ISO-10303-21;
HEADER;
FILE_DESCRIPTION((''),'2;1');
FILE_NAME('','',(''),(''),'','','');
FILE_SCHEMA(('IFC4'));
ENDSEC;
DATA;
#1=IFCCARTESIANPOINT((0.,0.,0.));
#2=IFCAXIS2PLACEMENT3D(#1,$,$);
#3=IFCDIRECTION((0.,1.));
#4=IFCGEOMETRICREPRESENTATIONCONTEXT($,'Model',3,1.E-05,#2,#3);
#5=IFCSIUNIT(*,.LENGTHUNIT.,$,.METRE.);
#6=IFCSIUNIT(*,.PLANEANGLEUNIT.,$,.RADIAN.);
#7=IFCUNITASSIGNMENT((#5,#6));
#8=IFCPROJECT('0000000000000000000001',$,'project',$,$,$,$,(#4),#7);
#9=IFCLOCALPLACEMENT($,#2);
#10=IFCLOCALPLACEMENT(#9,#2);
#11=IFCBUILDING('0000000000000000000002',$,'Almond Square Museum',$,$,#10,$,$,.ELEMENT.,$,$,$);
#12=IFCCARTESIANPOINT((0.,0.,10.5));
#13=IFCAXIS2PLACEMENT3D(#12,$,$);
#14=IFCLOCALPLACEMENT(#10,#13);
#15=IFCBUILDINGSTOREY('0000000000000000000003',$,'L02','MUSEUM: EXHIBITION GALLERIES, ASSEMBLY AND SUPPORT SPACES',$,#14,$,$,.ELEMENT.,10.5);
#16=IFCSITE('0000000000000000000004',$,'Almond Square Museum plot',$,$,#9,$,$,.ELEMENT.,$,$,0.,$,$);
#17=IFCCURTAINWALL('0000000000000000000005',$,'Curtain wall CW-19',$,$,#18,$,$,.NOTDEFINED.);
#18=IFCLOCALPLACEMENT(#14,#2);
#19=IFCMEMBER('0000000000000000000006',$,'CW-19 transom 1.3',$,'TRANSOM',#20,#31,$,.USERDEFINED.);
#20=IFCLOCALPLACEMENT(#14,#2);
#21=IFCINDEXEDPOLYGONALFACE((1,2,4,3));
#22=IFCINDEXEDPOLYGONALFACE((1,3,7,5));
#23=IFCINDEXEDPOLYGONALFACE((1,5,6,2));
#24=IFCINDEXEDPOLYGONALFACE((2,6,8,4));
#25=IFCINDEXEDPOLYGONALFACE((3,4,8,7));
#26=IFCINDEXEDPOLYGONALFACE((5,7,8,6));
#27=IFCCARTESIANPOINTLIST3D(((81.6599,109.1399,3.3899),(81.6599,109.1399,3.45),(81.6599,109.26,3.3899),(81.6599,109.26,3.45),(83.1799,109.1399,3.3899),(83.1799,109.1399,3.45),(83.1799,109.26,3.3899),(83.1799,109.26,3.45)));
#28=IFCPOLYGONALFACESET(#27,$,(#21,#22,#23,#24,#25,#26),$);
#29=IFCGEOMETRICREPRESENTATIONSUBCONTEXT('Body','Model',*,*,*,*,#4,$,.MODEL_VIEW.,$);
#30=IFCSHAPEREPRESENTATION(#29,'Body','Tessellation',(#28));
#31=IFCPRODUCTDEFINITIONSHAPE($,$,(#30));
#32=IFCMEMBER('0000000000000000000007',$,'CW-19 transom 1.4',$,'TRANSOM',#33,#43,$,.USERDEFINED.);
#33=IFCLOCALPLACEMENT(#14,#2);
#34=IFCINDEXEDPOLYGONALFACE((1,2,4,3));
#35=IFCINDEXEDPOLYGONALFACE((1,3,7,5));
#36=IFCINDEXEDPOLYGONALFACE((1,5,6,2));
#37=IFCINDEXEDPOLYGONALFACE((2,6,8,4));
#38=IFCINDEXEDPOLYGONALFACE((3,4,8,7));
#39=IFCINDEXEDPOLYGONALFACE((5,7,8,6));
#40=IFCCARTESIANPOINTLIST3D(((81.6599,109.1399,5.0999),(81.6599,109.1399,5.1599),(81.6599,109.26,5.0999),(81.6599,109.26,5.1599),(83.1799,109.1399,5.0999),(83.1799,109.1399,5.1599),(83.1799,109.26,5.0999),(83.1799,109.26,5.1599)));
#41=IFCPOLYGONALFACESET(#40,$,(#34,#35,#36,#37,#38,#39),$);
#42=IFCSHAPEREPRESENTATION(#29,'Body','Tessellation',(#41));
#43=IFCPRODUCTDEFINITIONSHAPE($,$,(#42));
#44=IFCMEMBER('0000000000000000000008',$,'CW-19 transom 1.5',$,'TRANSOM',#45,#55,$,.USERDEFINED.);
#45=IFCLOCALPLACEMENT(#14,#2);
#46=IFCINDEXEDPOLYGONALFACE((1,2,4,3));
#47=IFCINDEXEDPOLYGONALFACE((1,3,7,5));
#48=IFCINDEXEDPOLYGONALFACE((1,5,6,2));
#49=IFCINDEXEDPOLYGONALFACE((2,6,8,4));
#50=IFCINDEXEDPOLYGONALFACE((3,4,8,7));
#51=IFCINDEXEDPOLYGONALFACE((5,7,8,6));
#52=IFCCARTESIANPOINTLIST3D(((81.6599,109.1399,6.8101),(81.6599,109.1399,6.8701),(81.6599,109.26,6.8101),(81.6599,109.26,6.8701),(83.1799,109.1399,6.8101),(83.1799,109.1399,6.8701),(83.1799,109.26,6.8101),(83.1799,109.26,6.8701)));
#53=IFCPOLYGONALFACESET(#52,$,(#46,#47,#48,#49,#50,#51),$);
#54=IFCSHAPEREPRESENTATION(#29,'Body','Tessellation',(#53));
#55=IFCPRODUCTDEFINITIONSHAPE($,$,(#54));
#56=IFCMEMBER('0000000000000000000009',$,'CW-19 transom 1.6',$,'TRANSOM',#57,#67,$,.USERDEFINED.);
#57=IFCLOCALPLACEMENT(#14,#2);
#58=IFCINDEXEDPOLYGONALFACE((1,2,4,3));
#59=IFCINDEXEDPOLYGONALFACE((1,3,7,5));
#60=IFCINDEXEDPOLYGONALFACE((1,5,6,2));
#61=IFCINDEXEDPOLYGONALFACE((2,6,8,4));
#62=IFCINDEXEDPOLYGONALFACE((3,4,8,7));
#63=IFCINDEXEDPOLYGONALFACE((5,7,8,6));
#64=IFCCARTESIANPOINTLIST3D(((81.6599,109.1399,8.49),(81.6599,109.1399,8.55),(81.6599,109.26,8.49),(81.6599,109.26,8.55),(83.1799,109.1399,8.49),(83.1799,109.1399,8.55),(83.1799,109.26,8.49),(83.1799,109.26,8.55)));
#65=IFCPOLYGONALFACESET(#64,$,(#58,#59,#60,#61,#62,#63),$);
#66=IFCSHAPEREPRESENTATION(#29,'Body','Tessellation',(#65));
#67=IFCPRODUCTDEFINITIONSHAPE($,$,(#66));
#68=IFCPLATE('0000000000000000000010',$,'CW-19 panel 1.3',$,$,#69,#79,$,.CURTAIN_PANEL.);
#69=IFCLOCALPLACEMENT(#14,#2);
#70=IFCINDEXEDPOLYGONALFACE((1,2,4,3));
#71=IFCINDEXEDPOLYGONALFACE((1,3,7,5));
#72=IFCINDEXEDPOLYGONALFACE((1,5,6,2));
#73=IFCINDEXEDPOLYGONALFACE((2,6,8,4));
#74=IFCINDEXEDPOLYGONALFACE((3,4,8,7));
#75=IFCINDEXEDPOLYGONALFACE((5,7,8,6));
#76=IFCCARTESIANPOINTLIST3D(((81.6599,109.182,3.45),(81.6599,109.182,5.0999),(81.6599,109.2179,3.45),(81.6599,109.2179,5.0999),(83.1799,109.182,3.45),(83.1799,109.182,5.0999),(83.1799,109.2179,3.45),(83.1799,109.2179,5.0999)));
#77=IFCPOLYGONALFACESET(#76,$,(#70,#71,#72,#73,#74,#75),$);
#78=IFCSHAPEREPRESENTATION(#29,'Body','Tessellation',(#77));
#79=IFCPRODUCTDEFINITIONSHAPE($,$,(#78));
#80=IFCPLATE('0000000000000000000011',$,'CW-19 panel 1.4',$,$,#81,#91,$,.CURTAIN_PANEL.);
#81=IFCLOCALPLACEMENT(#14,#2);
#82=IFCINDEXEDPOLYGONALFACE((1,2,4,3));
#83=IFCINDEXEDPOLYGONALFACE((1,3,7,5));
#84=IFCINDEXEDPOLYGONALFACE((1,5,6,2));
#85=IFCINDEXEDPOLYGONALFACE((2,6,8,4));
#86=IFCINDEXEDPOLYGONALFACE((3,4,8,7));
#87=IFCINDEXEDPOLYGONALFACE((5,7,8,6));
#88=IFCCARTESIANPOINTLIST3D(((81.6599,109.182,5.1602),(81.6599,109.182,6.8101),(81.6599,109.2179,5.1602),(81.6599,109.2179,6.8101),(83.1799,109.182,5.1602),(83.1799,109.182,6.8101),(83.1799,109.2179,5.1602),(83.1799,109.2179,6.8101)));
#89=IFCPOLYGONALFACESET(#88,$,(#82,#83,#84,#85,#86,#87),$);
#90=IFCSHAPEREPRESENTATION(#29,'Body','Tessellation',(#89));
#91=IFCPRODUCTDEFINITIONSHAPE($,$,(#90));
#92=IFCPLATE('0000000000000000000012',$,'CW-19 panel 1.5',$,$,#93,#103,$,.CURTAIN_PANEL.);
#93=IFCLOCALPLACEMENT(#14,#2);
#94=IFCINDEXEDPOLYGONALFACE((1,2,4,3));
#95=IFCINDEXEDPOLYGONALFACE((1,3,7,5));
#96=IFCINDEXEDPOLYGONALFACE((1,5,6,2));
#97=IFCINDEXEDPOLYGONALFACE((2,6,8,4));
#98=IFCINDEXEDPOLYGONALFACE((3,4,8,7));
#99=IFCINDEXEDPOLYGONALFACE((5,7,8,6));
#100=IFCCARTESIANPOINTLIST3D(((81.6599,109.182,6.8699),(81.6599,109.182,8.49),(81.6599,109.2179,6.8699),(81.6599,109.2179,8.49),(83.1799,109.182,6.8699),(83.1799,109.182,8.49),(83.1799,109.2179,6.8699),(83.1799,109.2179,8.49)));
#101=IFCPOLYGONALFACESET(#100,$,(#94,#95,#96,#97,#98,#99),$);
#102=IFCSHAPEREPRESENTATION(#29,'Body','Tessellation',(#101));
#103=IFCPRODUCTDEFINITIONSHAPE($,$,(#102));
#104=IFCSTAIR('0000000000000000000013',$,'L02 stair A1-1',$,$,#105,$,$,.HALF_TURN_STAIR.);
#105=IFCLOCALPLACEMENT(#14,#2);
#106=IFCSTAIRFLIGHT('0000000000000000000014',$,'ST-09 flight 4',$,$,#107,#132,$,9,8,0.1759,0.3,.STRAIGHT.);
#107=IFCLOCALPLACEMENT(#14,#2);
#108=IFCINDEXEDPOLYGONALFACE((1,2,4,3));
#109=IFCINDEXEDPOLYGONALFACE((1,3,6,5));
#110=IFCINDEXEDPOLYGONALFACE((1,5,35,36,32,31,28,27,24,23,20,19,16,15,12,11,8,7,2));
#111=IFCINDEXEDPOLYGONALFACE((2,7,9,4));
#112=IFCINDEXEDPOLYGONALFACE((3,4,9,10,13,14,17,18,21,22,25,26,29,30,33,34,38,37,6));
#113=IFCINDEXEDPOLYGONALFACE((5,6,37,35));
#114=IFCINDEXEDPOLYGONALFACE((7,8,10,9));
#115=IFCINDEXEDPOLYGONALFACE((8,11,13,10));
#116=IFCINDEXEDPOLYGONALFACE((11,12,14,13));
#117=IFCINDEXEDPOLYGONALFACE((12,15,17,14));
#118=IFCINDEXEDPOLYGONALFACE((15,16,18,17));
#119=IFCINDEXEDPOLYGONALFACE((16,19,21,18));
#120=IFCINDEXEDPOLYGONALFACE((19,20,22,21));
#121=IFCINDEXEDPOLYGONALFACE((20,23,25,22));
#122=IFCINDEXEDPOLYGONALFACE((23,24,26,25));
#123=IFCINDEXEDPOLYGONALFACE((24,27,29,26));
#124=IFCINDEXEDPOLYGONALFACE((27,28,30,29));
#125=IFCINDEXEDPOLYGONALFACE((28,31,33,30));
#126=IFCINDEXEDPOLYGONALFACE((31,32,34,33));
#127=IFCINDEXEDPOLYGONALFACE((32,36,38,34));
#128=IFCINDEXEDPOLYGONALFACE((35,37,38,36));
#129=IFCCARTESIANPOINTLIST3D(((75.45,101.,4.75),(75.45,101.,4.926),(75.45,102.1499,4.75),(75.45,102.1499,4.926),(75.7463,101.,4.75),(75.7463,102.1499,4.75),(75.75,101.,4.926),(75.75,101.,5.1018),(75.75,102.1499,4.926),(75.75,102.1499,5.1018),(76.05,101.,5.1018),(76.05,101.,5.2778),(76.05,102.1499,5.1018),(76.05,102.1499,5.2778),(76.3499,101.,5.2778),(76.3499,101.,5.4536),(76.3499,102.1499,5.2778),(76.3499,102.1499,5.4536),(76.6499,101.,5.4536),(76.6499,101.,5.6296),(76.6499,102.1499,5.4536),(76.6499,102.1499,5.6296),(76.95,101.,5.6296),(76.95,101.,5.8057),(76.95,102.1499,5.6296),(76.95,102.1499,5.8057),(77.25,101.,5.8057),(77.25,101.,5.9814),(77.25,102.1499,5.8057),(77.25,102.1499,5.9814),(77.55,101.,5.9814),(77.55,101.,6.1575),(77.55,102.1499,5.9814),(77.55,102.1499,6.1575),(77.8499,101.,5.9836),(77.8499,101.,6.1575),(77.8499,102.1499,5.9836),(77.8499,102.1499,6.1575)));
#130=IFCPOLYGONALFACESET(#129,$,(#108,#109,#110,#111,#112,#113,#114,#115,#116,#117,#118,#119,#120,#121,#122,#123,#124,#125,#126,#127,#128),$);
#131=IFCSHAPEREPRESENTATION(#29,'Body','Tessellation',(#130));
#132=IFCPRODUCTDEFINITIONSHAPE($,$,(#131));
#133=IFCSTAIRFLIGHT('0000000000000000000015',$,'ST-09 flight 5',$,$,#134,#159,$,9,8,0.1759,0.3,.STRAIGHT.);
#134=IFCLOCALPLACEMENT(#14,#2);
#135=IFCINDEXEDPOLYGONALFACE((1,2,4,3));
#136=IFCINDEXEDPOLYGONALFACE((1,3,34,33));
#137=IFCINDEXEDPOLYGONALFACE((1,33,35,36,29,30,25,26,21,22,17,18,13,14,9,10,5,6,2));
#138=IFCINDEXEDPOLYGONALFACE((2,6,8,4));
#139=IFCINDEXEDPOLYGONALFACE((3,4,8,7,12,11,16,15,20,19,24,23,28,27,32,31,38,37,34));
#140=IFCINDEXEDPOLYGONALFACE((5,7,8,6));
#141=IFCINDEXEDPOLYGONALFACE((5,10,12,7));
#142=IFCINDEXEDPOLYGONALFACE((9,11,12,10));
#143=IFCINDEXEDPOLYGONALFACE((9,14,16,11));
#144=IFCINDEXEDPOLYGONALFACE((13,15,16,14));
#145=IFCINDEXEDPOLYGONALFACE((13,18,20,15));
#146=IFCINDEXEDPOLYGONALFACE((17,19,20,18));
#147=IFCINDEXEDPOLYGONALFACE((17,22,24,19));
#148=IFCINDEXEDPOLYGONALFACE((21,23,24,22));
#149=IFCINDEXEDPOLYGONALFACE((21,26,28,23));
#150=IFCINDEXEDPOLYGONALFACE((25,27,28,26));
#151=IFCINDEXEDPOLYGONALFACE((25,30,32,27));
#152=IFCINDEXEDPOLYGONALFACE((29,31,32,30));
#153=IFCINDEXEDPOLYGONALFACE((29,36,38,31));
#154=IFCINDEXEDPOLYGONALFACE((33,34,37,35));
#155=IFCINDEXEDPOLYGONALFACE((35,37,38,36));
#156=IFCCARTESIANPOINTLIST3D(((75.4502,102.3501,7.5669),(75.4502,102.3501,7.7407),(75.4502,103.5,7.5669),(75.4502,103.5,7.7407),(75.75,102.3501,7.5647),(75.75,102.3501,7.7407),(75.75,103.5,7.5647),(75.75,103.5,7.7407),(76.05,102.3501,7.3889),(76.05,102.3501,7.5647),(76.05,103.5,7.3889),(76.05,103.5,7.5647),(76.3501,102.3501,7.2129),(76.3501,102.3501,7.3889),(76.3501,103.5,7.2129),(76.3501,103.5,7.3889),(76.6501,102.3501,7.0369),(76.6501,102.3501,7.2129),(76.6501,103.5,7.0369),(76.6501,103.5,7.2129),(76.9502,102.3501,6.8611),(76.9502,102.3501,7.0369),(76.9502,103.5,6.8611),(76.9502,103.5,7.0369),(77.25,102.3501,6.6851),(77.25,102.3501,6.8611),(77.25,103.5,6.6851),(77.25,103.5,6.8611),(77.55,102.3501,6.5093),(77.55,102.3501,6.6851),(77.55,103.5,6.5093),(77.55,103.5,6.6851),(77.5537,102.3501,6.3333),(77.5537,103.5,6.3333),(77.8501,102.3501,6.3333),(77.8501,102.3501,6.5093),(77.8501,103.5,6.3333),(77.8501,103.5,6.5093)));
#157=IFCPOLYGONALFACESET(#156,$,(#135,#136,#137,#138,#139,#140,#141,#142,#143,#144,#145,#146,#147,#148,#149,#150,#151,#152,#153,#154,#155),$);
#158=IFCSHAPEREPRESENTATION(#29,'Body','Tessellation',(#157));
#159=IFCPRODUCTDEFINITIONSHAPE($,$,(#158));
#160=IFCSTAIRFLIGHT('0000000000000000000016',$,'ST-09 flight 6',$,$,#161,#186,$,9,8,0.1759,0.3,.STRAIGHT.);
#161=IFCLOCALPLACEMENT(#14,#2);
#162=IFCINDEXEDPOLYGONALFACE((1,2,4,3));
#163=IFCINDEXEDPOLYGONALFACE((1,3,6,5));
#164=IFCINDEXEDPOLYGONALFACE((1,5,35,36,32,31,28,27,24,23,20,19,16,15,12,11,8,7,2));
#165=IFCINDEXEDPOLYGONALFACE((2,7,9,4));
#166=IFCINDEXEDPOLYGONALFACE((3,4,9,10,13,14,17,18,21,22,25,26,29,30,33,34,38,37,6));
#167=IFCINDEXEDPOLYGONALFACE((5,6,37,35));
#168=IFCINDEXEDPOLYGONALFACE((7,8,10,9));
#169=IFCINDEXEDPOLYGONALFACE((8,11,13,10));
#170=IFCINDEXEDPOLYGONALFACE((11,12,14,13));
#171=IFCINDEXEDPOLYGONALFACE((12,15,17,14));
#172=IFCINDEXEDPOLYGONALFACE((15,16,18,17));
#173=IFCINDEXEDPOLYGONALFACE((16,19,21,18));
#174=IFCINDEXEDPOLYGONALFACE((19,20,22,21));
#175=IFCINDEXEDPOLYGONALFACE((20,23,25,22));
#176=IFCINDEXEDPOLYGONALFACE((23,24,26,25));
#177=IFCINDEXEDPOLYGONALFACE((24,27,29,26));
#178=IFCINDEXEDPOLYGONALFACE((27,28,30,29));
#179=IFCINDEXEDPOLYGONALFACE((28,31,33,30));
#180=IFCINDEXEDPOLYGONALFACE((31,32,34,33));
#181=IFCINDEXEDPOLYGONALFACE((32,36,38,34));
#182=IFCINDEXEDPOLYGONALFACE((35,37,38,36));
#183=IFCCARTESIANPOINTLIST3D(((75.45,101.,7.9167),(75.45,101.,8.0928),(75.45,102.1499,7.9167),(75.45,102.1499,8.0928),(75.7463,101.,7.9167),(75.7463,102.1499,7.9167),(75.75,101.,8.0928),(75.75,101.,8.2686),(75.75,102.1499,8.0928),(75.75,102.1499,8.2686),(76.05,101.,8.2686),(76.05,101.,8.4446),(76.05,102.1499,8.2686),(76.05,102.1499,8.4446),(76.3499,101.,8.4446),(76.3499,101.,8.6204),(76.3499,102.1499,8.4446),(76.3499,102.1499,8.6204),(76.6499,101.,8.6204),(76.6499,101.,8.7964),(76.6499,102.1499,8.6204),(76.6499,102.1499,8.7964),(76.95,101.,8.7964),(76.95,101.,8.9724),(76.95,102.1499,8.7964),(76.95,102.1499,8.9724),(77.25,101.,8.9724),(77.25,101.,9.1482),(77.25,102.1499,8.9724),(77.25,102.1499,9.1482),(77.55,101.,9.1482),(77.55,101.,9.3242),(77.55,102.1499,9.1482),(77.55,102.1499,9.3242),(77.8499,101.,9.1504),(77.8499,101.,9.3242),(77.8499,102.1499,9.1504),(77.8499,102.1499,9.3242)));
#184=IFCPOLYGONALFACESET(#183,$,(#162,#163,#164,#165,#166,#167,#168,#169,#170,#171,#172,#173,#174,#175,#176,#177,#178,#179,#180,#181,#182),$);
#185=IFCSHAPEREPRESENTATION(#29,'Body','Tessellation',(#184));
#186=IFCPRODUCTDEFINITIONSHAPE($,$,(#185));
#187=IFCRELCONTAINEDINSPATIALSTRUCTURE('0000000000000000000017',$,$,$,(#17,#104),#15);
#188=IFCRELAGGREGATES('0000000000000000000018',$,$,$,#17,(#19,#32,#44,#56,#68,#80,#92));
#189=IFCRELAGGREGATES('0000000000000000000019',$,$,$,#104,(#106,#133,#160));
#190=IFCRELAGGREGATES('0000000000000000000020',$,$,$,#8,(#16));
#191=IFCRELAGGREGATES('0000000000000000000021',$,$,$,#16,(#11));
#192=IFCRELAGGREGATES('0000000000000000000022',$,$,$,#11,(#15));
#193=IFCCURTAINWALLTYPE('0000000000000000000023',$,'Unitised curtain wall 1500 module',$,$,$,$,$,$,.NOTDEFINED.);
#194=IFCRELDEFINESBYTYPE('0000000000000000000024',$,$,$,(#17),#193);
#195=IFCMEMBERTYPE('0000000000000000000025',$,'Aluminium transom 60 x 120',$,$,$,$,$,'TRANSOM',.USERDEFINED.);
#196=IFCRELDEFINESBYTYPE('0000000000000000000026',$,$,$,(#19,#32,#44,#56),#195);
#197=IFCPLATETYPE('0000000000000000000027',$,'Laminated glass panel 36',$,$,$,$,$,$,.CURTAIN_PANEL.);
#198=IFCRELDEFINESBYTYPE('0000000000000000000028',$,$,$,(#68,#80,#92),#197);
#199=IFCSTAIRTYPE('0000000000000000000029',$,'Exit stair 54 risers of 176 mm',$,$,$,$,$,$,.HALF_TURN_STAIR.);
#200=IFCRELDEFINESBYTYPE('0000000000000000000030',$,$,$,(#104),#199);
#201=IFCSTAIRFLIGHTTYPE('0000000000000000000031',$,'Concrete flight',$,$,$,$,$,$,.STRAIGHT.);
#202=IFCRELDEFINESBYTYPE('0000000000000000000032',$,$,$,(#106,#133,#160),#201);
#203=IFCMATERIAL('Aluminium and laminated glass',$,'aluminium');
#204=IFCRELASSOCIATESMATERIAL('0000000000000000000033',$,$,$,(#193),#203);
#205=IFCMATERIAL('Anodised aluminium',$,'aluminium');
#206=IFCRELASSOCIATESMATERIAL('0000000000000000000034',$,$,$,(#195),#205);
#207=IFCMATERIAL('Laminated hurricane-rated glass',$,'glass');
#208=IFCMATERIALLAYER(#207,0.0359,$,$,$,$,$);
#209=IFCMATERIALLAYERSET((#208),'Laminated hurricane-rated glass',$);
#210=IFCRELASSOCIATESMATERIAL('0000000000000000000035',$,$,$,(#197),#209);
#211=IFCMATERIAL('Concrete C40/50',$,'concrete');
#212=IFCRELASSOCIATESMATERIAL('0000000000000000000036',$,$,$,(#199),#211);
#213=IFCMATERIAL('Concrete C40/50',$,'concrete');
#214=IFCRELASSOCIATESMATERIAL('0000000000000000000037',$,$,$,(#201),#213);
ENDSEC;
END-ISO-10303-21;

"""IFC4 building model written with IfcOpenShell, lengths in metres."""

from ifc_helpers import new_model, si_unit, direction, frame, origin, origin_2d, place, context, subcontext, project, spatial, polyline, rectangle, outline, extrude, material, layer, layer_set, material_profile, profile_set, type_object, element, aggregate, save


model = new_model("IFC4")

# Units and contexts
model_context = context("Model", 3, precision=1e-05, world=origin(), true_north=direction((0.0, 1.0)))
body_context = subcontext(model_context, "Body", "Model", "MODEL_VIEW")
ifc_project = project(units=[si_unit("LENGTHUNIT", "METRE"), si_unit("PLANEANGLEUNIT", "RADIAN")], contexts=[model_context])

# Site, building, storey
site_placement = place(None, origin())
site = spatial("IfcSite", under=ifc_project, at=site_placement, Name="Almond Square Museum plot", CompositionType="ELEMENT", RefElevation=0.0)
building_placement = place(site_placement, origin())
building = spatial("IfcBuilding", under=site, at=building_placement, Name="Almond Square Museum", CompositionType="ELEMENT")
storey_placement = place(building_placement, frame((0.0, 0.0, 10.5)))
storey = spatial("IfcBuildingStorey", under=building, at=storey_placement, Name="L02", Description="MUSEUM: EXHIBITION GALLERIES, ASSEMBLY AND SUPPORT SPACES", CompositionType="ELEMENT", Elevation=10.5)

# Curtain wall, members, plates
ifc_material_1 = material(Name="Aluminium and laminated glass", Category="aluminium")
curtain_wall_type = type_object("IfcCurtainWallType", Name="Unitised curtain wall 1500 module", PredefinedType="NOTDEFINED", material=ifc_material_1)
curtain_wall_placement = place(storey_placement, origin())
curtain_wall = element("IfcCurtainWall", 1, at=curtain_wall_placement, inside=storey, type_object=curtain_wall_type, Name="Curtain wall CW-19", PredefinedType="NOTDEFINED")
ifc_material_2 = material(Name="Anodised aluminium", Category="aluminium")
ifc_material_profile = material_profile(ifc_material_2, rectangle(XDim=0.1201, YDim=0.0601, at=origin_2d()))
ifc_profile_set = profile_set([ifc_material_profile], Name="Anodised aluminium")
member_type = type_object("IfcMemberType", Name="Aluminium transom 60 x 120", ElementType="TRANSOM", PredefinedType="USERDEFINED", material=ifc_profile_set)
member_1_placement = place(storey_placement, frame((81.6599, 109.2, 3.4199), z_axis=(1.0, 0.0, 0.0), x_axis=(0.0, 1.0, 0.0)))
member_1 = element("IfcMember", 2, at=member_1_placement, type_object=member_type, Name="CW-19 transom 1.3", ObjectType="TRANSOM", PredefinedType="USERDEFINED", context=body_context, shape_type="SweptSolid", body=[
    extrude(rectangle(XDim=0.1201, YDim=0.0601, at=origin_2d()), origin(), (0.0, 0.0, 1.0), 1.52),
])
member_2_placement = place(storey_placement, frame((81.6599, 109.2, 5.1299), z_axis=(1.0, 0.0, 0.0), x_axis=(0.0, 1.0, 0.0)))
member_2 = element("IfcMember", 3, at=member_2_placement, type_object=member_type, Name="CW-19 transom 1.4", ObjectType="TRANSOM", PredefinedType="USERDEFINED", context=body_context, shape_type="SweptSolid", body=[
    extrude(rectangle(XDim=0.1201, YDim=0.0601, at=origin_2d()), origin(), (0.0, 0.0, 1.0), 1.52),
])
member_3_placement = place(storey_placement, frame((81.6599, 109.2, 6.8401), z_axis=(1.0, 0.0, 0.0), x_axis=(0.0, 1.0, 0.0)))
member_3 = element("IfcMember", 4, at=member_3_placement, type_object=member_type, Name="CW-19 transom 1.5", ObjectType="TRANSOM", PredefinedType="USERDEFINED", context=body_context, shape_type="SweptSolid", body=[
    extrude(rectangle(XDim=0.1201, YDim=0.0601, at=origin_2d()), origin(), (0.0, 0.0, 1.0), 1.52),
])
member_4_placement = place(storey_placement, frame((81.6599, 109.2, 8.52), z_axis=(1.0, 0.0, 0.0), x_axis=(0.0, 1.0, 0.0)))
member_4 = element("IfcMember", 5, at=member_4_placement, type_object=member_type, Name="CW-19 transom 1.6", ObjectType="TRANSOM", PredefinedType="USERDEFINED", context=body_context, shape_type="SweptSolid", body=[
    extrude(rectangle(XDim=0.1201, YDim=0.0601, at=origin_2d()), origin(), (0.0, 0.0, 1.0), 1.52),
])
ifc_material_3 = material(Name="Laminated hurricane-rated glass", Category="glass")
ifc_layer = layer(ifc_material_3, 0.0359)
ifc_layer_set = layer_set([ifc_layer], Name="Laminated hurricane-rated glass")
plate_type = type_object("IfcPlateType", Name="Laminated glass panel 36", PredefinedType="CURTAIN_PANEL", material=ifc_layer_set)
plate_1_placement = place(storey_placement, frame((82.4199, 109.2, 3.45), z_axis=(0.0, 0.0, 1.0), x_axis=(1.0, 0.0, 0.0)))
plate_1 = element("IfcPlate", 6, at=plate_1_placement, type_object=plate_type, Name="CW-19 panel 1.3", PredefinedType="CURTAIN_PANEL", context=body_context, shape_type="SweptSolid", body=[
    extrude(rectangle(XDim=1.52, YDim=0.0359, at=origin_2d()), origin(), (0.0, 0.0, 1.0), 1.6499),
])
plate_2_placement = place(storey_placement, frame((82.4199, 109.2, 5.1602), z_axis=(0.0, 0.0, 1.0), x_axis=(1.0, 0.0, 0.0)))
plate_2 = element("IfcPlate", 7, at=plate_2_placement, type_object=plate_type, Name="CW-19 panel 1.4", PredefinedType="CURTAIN_PANEL", context=body_context, shape_type="SweptSolid", body=[
    extrude(rectangle(XDim=1.52, YDim=0.0359, at=origin_2d()), origin(), (0.0, 0.0, 1.0), 1.6499),
])
plate_3_placement = place(storey_placement, frame((82.4199, 109.2, 6.8699), z_axis=(0.0, 0.0, 1.0), x_axis=(1.0, 0.0, 0.0)))
plate_3 = element("IfcPlate", 8, at=plate_3_placement, type_object=plate_type, Name="CW-19 panel 1.5", PredefinedType="CURTAIN_PANEL", context=body_context, shape_type="SweptSolid", body=[
    extrude(rectangle(XDim=1.52, YDim=0.0359, at=origin_2d()), origin(), (0.0, 0.0, 1.0), 1.6201),
])
aggregate(curtain_wall, [member_1, member_2, member_3, member_4, plate_1, plate_2, plate_3])

# Stair, stair flights
ifc_material_4 = material(Name="Concrete C40/50", Category="concrete")
stair_type = type_object("IfcStairType", Name="Exit stair 54 risers of 176 mm", PredefinedType="HALF_TURN_STAIR", material=ifc_material_4)
stair_1_placement = place(storey_placement, origin())
stair_1 = element("IfcStair", 9, at=stair_1_placement, inside=storey, type_object=stair_type, Name="L02 stair A1-1", PredefinedType="HALF_TURN_STAIR")
ifc_material_5 = material(Name="Concrete C40/50", Category="concrete")
stair_flight_type = type_object("IfcStairFlightType", Name="Concrete flight", PredefinedType="STRAIGHT", material=ifc_material_5)
stair_flight_1_placement = place(storey_placement, frame((75.45, 101.575, 4.75), z_axis=(0.0, 0.0, 1.0), x_axis=(1.0, 0.0, 0.0)))
stair_flight_1 = element("IfcStairFlight", 10, at=stair_flight_1_placement, type_object=stair_flight_type, Name="ST-09 flight 4", NumberOfRisers=9, NumberOfTreads=8, PredefinedType="STRAIGHT", RiserHeight=0.1759, TreadLength=0.3, context=body_context, shape_type="SweptSolid", body=[
    extrude(outline(polyline([(0.0, 0.0), (0.0, 0.176), (0.3, 0.176), (0.3, 0.3518), (0.6001, 0.3518), (0.6001, 0.5278), (0.8999, 0.5278), (0.8999, 0.7036), (1.2, 0.7036), (1.2, 0.8796), (1.5, 0.8796), (1.5, 1.0557), (1.8, 1.0557), (1.8, 1.2314), (2.1001, 1.2314), (2.1001, 1.4075), (2.3999, 1.4075), (2.3999, 1.5833), (2.3999, 1.2336), (0.2964, 0.0), (0.0, 0.0)])), frame((0.0, 0.575, 0.0), z_axis=(0.0, -1.0, 0.0), x_axis=(1.0, 0.0, 0.0)), (0.0, 0.0, 1.0), 1.1499),
])
stair_flight_2_placement = place(storey_placement, frame((77.8501, 102.925, 6.3333), z_axis=(0.0, 0.0, 1.0), x_axis=(-1.0, 0.0, 0.0)))
stair_flight_2 = element("IfcStairFlight", 11, at=stair_flight_2_placement, type_object=stair_flight_type, Name="ST-09 flight 5", NumberOfRisers=9, NumberOfTreads=8, PredefinedType="STRAIGHT", RiserHeight=0.1759, TreadLength=0.3, context=body_context, shape_type="SweptSolid", body=[
    extrude(outline(polyline([(0.0, 0.0), (0.0, 0.176), (0.3, 0.176), (0.3, 0.3518), (0.6001, 0.3518), (0.6001, 0.5278), (0.8999, 0.5278), (0.8999, 0.7036), (1.2, 0.7036), (1.2, 0.8796), (1.5, 0.8796), (1.5, 1.0557), (1.8, 1.0557), (1.8, 1.2314), (2.1001, 1.2314), (2.1001, 1.4075), (2.3999, 1.4075), (2.3999, 1.5833), (2.3999, 1.2336), (0.2964, 0.0), (0.0, 0.0)])), frame((0.0, 0.575, 0.0), z_axis=(0.0, -1.0, 0.0), x_axis=(1.0, 0.0, 0.0)), (0.0, 0.0, 1.0), 1.1499),
])
stair_flight_3_placement = place(storey_placement, frame((75.45, 101.575, 7.9167), z_axis=(0.0, 0.0, 1.0), x_axis=(1.0, 0.0, 0.0)))
stair_flight_3 = element("IfcStairFlight", 12, at=stair_flight_3_placement, type_object=stair_flight_type, Name="ST-09 flight 6", NumberOfRisers=9, NumberOfTreads=8, PredefinedType="STRAIGHT", RiserHeight=0.1759, TreadLength=0.3, context=body_context, shape_type="SweptSolid", body=[
    extrude(outline(polyline([(0.0, 0.0), (0.0, 0.176), (0.3, 0.176), (0.3, 0.3518), (0.6001, 0.3518), (0.6001, 0.5278), (0.8999, 0.5278), (0.8999, 0.7036), (1.2, 0.7036), (1.2, 0.8796), (1.5, 0.8796), (1.5, 1.0557), (1.8, 1.0557), (1.8, 1.2314), (2.1001, 1.2314), (2.1001, 1.4075), (2.3999, 1.4075), (2.3999, 1.5833), (2.3999, 1.2336), (0.2964, 0.0), (0.0, 0.0)])), frame((0.0, 0.575, 0.0), z_axis=(0.0, -1.0, 0.0), x_axis=(1.0, 0.0, 0.0)), (0.0, 0.0, 1.0), 1.1499),
])
aggregate(stair_1, [stair_flight_1, stair_flight_2, stair_flight_3])

save(model, "model.ifc")
